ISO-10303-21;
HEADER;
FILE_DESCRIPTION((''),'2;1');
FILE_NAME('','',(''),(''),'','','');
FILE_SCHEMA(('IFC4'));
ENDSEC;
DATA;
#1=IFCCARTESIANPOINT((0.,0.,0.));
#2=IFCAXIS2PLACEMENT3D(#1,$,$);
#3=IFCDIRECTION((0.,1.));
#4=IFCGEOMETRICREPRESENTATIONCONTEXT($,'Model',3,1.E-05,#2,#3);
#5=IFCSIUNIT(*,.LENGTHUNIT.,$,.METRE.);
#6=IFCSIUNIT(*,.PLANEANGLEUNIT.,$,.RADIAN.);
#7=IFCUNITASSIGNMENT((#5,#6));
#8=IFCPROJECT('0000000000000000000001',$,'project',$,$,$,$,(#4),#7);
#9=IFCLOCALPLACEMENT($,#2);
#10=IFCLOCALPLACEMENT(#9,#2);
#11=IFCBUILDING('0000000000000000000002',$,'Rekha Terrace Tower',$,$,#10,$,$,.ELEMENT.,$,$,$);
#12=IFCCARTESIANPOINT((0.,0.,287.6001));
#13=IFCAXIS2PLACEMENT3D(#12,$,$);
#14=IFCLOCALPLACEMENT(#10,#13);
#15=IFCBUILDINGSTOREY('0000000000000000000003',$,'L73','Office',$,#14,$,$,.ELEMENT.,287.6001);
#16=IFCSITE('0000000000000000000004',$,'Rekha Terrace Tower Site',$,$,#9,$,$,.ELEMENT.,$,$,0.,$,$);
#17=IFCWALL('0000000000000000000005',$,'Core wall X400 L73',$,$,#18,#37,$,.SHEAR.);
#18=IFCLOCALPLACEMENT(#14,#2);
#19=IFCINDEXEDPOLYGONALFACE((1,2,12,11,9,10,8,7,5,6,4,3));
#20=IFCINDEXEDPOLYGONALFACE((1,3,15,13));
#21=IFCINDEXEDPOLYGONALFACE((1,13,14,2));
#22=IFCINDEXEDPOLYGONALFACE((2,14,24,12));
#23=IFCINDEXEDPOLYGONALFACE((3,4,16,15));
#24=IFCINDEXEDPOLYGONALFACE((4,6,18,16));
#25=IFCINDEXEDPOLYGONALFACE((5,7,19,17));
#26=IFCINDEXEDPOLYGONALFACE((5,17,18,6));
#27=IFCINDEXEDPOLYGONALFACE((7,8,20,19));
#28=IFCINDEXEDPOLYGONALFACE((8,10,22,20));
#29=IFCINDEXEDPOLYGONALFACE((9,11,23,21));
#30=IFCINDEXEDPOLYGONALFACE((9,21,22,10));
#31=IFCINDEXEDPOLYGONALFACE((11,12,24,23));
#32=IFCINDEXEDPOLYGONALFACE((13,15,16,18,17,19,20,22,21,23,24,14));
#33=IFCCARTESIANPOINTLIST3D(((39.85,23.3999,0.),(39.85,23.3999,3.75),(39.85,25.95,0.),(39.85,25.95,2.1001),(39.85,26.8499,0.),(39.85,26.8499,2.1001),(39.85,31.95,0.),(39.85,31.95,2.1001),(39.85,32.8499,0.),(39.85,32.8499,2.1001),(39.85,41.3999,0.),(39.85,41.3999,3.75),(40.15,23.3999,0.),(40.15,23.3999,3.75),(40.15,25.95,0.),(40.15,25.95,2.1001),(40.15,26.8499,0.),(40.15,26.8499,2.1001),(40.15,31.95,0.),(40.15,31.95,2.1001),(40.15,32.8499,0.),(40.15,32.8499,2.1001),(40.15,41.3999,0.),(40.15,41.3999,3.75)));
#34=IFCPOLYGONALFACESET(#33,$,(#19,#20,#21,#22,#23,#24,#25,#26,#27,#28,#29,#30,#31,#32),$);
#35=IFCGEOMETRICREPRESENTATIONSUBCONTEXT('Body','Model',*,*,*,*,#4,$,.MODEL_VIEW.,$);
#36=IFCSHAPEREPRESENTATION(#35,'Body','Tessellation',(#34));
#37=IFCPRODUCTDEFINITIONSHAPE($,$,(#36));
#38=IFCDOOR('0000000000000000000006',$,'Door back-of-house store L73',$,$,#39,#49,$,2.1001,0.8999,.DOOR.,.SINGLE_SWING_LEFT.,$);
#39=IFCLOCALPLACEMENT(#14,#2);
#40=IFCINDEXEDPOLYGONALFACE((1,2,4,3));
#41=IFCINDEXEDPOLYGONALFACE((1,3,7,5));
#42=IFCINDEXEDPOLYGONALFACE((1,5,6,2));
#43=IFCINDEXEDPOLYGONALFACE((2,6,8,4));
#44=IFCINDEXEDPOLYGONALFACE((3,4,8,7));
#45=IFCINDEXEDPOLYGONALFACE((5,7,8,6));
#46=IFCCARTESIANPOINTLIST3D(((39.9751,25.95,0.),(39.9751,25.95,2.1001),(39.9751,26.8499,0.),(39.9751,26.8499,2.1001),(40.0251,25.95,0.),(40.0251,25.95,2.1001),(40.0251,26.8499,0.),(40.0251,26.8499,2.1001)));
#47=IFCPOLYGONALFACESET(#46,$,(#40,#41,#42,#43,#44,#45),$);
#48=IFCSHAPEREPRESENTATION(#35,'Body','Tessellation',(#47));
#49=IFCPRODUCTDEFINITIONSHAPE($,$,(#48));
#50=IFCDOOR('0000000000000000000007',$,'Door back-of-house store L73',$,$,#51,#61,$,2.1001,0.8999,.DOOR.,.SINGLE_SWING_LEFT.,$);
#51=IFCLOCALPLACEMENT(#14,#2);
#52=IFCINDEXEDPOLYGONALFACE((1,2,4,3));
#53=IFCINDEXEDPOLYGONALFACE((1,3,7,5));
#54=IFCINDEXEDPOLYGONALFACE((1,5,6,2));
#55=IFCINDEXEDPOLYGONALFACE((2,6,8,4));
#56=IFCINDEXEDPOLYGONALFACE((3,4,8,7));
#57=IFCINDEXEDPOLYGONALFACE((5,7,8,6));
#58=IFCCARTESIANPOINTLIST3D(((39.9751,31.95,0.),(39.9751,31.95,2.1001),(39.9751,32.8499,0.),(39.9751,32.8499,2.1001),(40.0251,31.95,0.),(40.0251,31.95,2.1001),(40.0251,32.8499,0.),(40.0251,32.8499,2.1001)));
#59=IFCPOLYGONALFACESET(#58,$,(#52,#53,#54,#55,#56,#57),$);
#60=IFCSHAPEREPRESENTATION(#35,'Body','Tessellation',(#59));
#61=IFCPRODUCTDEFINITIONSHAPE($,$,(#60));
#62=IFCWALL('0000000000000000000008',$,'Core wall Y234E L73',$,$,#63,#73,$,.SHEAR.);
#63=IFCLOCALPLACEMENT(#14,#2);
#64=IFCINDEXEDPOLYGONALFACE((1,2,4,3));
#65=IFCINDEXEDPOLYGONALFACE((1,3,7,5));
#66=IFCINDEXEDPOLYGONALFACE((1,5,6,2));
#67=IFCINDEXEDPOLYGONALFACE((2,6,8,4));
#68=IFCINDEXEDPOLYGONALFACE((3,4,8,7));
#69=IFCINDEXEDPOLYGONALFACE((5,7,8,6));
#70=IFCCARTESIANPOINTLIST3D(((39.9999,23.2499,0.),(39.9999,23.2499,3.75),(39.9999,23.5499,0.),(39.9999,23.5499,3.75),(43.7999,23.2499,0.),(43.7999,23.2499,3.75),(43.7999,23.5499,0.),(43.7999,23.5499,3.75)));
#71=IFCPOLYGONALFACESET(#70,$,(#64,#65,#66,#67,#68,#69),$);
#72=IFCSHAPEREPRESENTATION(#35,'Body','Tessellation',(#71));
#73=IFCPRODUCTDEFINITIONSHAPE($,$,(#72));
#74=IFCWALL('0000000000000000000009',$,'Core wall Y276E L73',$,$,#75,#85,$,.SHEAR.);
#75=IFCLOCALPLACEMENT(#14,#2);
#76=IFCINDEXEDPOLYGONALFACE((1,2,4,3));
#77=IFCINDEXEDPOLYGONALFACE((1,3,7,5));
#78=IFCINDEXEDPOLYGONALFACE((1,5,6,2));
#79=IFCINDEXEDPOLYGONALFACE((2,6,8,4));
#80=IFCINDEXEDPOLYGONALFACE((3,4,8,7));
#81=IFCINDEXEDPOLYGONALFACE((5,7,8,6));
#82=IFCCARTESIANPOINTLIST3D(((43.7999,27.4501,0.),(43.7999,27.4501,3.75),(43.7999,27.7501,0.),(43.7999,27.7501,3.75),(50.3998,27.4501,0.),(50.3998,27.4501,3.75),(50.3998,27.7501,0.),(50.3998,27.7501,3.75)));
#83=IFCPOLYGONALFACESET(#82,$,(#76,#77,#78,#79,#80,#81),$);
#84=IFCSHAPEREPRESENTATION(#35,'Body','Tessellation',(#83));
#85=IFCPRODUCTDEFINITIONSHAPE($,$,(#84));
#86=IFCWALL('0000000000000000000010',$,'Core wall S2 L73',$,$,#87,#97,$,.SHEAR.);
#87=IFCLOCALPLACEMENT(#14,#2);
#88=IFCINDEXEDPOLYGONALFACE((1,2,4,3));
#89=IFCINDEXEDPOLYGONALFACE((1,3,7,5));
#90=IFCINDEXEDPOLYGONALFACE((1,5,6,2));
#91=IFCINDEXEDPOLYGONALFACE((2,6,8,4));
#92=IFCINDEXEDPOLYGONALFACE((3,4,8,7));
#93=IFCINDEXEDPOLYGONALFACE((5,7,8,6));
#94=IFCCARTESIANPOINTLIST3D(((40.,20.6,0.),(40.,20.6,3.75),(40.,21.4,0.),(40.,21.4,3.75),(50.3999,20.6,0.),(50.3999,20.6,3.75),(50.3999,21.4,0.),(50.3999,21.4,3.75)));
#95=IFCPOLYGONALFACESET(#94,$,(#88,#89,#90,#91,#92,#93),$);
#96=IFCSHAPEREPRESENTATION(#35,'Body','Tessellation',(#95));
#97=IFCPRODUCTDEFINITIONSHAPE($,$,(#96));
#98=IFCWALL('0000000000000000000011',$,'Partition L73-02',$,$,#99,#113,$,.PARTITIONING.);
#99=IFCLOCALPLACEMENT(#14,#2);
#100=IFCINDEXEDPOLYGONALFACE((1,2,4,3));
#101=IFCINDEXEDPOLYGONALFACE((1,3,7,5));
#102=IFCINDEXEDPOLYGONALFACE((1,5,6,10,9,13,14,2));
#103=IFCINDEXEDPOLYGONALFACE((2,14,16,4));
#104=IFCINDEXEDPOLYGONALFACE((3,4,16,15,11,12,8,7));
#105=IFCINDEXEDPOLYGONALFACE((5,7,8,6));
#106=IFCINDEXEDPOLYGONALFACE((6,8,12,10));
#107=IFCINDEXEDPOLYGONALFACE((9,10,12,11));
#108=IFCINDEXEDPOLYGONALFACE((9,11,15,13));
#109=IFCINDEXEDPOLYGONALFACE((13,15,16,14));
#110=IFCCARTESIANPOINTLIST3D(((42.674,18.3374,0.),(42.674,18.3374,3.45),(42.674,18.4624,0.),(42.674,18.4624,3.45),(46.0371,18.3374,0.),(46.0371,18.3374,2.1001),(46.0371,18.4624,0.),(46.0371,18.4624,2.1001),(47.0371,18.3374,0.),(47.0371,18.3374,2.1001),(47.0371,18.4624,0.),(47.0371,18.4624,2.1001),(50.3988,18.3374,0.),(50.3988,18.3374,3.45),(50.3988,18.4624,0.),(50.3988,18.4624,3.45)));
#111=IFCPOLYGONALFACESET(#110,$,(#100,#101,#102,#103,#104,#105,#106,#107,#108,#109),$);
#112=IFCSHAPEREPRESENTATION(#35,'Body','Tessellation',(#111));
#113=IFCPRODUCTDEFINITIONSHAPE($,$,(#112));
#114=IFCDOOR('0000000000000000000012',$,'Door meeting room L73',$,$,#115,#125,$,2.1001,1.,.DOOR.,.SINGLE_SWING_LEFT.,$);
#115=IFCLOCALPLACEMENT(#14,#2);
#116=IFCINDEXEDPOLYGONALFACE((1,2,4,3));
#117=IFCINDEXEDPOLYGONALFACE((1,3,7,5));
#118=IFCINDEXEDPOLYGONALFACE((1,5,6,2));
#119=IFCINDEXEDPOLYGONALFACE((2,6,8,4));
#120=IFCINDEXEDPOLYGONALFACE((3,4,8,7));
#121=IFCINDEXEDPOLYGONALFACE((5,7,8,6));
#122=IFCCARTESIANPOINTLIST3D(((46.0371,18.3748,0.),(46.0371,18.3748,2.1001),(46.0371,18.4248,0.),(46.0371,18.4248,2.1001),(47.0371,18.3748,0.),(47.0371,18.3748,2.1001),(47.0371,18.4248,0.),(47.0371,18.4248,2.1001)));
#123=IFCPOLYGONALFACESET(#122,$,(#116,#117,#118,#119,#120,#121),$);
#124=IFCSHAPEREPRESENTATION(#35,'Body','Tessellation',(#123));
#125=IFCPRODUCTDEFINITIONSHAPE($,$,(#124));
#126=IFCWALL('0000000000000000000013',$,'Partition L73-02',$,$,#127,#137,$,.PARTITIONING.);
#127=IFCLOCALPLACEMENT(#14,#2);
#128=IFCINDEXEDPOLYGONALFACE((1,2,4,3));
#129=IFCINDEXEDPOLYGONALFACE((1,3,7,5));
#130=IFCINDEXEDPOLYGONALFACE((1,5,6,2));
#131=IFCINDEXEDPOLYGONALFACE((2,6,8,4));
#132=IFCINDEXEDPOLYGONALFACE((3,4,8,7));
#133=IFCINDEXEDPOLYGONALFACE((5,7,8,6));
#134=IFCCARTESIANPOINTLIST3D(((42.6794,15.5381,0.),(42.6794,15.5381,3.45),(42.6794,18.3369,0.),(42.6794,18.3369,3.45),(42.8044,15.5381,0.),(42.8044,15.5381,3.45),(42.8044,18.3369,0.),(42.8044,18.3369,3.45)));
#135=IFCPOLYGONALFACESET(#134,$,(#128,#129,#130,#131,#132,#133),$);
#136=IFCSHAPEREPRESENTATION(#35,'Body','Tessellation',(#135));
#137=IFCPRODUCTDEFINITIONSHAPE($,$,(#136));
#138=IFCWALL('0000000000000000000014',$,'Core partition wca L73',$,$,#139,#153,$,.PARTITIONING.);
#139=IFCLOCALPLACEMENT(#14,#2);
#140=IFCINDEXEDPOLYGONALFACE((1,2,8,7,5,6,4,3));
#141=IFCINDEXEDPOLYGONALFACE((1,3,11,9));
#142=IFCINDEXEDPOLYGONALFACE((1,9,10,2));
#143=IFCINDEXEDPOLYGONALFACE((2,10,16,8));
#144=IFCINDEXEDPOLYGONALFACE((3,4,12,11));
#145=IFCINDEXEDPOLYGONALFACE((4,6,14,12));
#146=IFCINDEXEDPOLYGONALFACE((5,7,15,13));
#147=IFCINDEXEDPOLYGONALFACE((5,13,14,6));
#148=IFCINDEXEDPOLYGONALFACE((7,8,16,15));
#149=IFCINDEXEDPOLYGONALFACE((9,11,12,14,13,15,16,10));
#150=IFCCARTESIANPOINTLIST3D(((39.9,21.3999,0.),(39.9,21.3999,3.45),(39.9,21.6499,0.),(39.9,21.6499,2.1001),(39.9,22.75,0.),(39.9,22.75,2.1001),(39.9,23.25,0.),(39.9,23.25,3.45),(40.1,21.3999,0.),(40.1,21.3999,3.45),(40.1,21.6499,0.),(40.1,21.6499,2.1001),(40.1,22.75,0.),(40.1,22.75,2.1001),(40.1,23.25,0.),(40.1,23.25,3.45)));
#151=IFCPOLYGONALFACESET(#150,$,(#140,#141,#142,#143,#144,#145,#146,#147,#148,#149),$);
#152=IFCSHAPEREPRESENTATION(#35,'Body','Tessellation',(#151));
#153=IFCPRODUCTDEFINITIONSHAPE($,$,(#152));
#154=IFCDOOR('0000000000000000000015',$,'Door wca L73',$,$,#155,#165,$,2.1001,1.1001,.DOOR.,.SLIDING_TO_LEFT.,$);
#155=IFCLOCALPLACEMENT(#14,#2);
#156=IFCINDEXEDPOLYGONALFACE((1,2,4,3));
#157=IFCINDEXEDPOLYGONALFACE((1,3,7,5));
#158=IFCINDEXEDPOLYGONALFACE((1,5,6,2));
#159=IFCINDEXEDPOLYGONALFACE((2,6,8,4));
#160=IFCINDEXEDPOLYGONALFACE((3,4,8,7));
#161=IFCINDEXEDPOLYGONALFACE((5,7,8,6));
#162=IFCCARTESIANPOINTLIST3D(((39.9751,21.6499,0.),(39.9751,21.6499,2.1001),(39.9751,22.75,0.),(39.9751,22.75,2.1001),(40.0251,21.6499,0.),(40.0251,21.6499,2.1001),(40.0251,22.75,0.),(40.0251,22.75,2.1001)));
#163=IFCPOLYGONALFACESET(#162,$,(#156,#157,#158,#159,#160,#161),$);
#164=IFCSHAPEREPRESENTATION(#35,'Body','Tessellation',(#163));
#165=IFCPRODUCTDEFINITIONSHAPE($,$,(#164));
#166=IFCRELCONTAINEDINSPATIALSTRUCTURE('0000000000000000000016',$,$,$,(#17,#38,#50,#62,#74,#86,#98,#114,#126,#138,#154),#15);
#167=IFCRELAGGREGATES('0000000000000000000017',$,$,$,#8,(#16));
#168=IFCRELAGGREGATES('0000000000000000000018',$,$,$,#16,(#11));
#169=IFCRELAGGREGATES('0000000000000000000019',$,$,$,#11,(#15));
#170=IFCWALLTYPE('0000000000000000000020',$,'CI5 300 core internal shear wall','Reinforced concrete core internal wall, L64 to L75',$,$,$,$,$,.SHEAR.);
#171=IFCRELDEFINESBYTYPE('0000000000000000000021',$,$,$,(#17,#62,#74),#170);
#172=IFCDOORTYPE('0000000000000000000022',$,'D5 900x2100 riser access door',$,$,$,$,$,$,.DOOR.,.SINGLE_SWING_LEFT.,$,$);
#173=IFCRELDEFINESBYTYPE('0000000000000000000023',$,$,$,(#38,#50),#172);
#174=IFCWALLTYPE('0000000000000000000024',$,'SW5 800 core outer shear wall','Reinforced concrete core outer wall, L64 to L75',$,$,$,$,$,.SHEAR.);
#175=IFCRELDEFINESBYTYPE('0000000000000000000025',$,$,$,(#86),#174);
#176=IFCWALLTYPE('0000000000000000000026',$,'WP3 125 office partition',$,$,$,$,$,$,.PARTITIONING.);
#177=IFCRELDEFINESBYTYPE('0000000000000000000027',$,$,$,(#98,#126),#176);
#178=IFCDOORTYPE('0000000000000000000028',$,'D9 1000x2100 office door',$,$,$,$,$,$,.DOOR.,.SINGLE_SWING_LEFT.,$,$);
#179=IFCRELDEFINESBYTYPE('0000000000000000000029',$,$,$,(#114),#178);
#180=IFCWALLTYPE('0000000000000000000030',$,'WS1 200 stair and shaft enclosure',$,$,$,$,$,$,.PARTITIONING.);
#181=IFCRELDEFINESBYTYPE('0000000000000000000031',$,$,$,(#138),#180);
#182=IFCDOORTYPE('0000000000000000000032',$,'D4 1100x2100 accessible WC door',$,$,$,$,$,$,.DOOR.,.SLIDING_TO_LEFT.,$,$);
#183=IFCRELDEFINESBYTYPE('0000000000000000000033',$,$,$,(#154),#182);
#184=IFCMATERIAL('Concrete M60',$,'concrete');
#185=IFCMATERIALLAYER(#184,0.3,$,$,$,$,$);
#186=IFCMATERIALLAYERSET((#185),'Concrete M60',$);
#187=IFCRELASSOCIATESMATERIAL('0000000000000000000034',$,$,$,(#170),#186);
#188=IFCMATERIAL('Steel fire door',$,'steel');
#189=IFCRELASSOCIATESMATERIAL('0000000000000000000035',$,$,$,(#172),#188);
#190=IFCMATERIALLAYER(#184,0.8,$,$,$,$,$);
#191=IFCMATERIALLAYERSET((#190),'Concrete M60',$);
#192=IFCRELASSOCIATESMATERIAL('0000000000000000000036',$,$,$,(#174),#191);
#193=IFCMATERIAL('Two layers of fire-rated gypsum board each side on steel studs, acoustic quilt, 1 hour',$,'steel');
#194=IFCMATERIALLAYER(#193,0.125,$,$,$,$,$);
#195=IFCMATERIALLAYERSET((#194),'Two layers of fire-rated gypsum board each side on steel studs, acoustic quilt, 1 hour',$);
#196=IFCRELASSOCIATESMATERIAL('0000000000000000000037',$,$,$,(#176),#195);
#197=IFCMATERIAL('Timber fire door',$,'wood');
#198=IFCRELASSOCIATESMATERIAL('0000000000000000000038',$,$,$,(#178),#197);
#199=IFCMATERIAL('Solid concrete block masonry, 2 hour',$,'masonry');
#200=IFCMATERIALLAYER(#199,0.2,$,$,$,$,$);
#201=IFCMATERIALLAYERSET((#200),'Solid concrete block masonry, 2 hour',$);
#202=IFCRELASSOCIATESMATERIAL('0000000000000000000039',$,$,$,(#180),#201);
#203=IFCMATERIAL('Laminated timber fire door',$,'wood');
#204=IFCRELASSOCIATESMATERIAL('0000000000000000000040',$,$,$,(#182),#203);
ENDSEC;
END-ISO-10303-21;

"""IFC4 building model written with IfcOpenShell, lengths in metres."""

from ifc_helpers import new_model, si_unit, direction, frame, frame_2d, origin, place, context, subcontext, project, spatial, rectangle, extrude, material, layer, layer_set, type_object, element, fill, save


model = new_model("IFC4")

# Units and contexts
model_context = context("Model", 3, precision=1e-05, world=origin(), true_north=direction((0.0, 1.0)))
body_context = subcontext(model_context, "Body", "Model", "MODEL_VIEW")
ifc_project = project(units=[si_unit("LENGTHUNIT", "METRE"), si_unit("PLANEANGLEUNIT", "RADIAN")], contexts=[model_context])

# Site, building, storey
site_placement = place(None, origin())
site = spatial("IfcSite", under=ifc_project, at=site_placement, Name="Rekha Terrace Tower Site", CompositionType="ELEMENT", RefElevation=0.0)
building_placement = place(site_placement, origin())
building = spatial("IfcBuilding", under=site, at=building_placement, Name="Rekha Terrace Tower", CompositionType="ELEMENT")
storey_placement = place(building_placement, frame((0.0, 0.0, 287.6001)))
storey = spatial("IfcBuildingStorey", under=building, at=storey_placement, Name="L73", Description="Office", CompositionType="ELEMENT", Elevation=287.6001)

# Shared definitions
ifc_material_1 = material(Name="Concrete M60", Category="concrete")

# Shared definitions
ifc_layer_1 = layer(ifc_material_1, 0.3)
ifc_layer_set_1 = layer_set([ifc_layer_1], Name="Concrete M60")
wall_type_1 = type_object("IfcWallType", Name="CI5 300 core internal shear wall", Description="Reinforced concrete core internal wall, L64 to L75", PredefinedType="SHEAR", material=ifc_layer_set_1)

# Wall, openings, doors
wall_1_placement = place(storey_placement, frame((40.0, 23.3999, 0.0), z_axis=(0.0, 0.0, 1.0), x_axis=(0.0, 1.0, 0.0)))
wall_1 = element("IfcWall", 1, at=wall_1_placement, inside=storey, type_object=wall_type_1, Name="Core wall X400 L73", PredefinedType="SHEAR", context=body_context, shape_type="SweptSolid", body=[
    extrude(rectangle(XDim=18.0, YDim=0.3, at=frame_2d((9.0, 0.0))), origin(), (0.0, 0.0, 1.0), 3.75),
])
opening_1_placement = place(wall_1_placement, frame((2.55, 0.0, 0.0)))
opening_1 = element("IfcOpeningElement", 2, at=opening_1_placement, cuts=wall_1, PredefinedType="OPENING", context=body_context, shape_type="SweptSolid", body=[
    extrude(rectangle(XDim=0.8999, YDim=2.1001, at=frame_2d((0.45, 1.05))), frame((0.0, 0.1599, 0.0), z_axis=(0.0, -1.0, 0.0), x_axis=(1.0, 0.0, 0.0)), (0.0, 0.0, 1.0), 0.3201),
])
opening_2_placement = place(wall_1_placement, frame((8.55, 0.0, 0.0)))
opening_2 = element("IfcOpeningElement", 3, at=opening_2_placement, cuts=wall_1, PredefinedType="OPENING", context=body_context, shape_type="SweptSolid", body=[
    extrude(rectangle(XDim=0.8999, YDim=2.1001, at=frame_2d((0.45, 1.05))), frame((0.0, 0.1599, 0.0), z_axis=(0.0, -1.0, 0.0), x_axis=(1.0, 0.0, 0.0)), (0.0, 0.0, 1.0), 0.3201),
])
ifc_material_2 = material(Name="Steel fire door", Category="steel")
door_type_1 = type_object("IfcDoorType", Name="D5 900x2100 riser access door", OperationType="SINGLE_SWING_LEFT", PredefinedType="DOOR", material=ifc_material_2)
door_1_placement = place(opening_1_placement, origin())
door_1 = element("IfcDoor", 4, at=door_1_placement, inside=storey, type_object=door_type_1, Name="Door back-of-house store L73", OperationType="SINGLE_SWING_LEFT", OverallHeight=2.1001, OverallWidth=0.8999, PredefinedType="DOOR", context=body_context, shape_type="SweptSolid", body=[
    extrude(rectangle(XDim=0.8999, YDim=2.1001, at=frame_2d((0.45, 1.05))), frame((0.0, 0.0249, 0.0), z_axis=(0.0, -1.0, 0.0), x_axis=(1.0, 0.0, 0.0)), (0.0, 0.0, 1.0), 0.05),
])
fill(opening_1, door_1)
door_2_placement = place(opening_2_placement, origin())
door_2 = element("IfcDoor", 5, at=door_2_placement, inside=storey, type_object=door_type_1, Name="Door back-of-house store L73", OperationType="SINGLE_SWING_LEFT", OverallHeight=2.1001, OverallWidth=0.8999, PredefinedType="DOOR", context=body_context, shape_type="SweptSolid", body=[
    extrude(rectangle(XDim=0.8999, YDim=2.1001, at=frame_2d((0.45, 1.05))), frame((0.0, 0.0249, 0.0), z_axis=(0.0, -1.0, 0.0), x_axis=(1.0, 0.0, 0.0)), (0.0, 0.0, 1.0), 0.05),
])
fill(opening_2, door_2)

# Walls
wall_2_placement = place(storey_placement, frame((40.0, 23.3999, 0.0), z_axis=(0.0, 0.0, 1.0), x_axis=(1.0, 0.0, 0.0)))
element("IfcWall", 6, at=wall_2_placement, inside=storey, type_object=wall_type_1, Name="Core wall Y234E L73", PredefinedType="SHEAR", context=body_context, shape_type="SweptSolid", body=[
    extrude(rectangle(XDim=3.8, YDim=0.3, at=frame_2d((1.8999, 0.0))), origin(), (0.0, 0.0, 1.0), 3.75),
])
wall_3_placement = place(storey_placement, frame((43.8, 27.6001, 0.0), z_axis=(0.0, 0.0, 1.0), x_axis=(1.0, 0.0, 0.0)))
element("IfcWall", 7, at=wall_3_placement, inside=storey, type_object=wall_type_1, Name="Core wall Y276E L73", PredefinedType="SHEAR", context=body_context, shape_type="SweptSolid", body=[
    extrude(rectangle(XDim=6.5999, YDim=0.3, at=frame_2d((3.2998, 0.0))), origin(), (0.0, 0.0, 1.0), 3.75),
])
ifc_layer_2 = layer(ifc_material_1, 0.8)
ifc_layer_set_2 = layer_set([ifc_layer_2], Name="Concrete M60")
wall_type_2 = type_object("IfcWallType", Name="SW5 800 core outer shear wall", Description="Reinforced concrete core outer wall, L64 to L75", PredefinedType="SHEAR", material=ifc_layer_set_2)
wall_4_placement = place(storey_placement, frame((40.0, 21.0, 0.0), z_axis=(0.0, 0.0, 1.0), x_axis=(1.0, 0.0, 0.0)))
element("IfcWall", 8, at=wall_4_placement, inside=storey, type_object=wall_type_2, Name="Core wall S2 L73", PredefinedType="SHEAR", context=body_context, shape_type="SweptSolid", body=[
    extrude(rectangle(XDim=10.3999, YDim=0.8, at=frame_2d((5.2, 0.0))), origin(), (0.0, 0.0, 1.0), 3.75),
])

# Wall, opening, door
ifc_material_3 = material(Name="Two layers of fire-rated gypsum board each side on steel studs, acoustic quilt, 1 hour", Category="steel")
ifc_layer_3 = layer(ifc_material_3, 0.125)
ifc_layer_set_3 = layer_set([ifc_layer_3], Name="Two layers of fire-rated gypsum board each side on steel studs, acoustic quilt, 1 hour")
wall_type_3 = type_object("IfcWallType", Name="WP3 125 office partition", PredefinedType="PARTITIONING", material=ifc_layer_set_3)
wall_5_placement = place(storey_placement, frame((42.6741, 18.3999, 0.0), z_axis=(0.0, 0.0, 1.0), x_axis=(1.0, 0.0, 0.0)))
wall_5 = element("IfcWall", 9, at=wall_5_placement, inside=storey, type_object=wall_type_3, Name="Partition L73-02", PredefinedType="PARTITIONING", context=body_context, shape_type="SweptSolid", body=[
    extrude(rectangle(XDim=7.7249, YDim=0.125, at=frame_2d((3.8623, 0.0))), origin(), (0.0, 0.0, 1.0), 3.45),
])
opening_3_placement = place(wall_5_placement, frame((3.363, 0.0, 0.0)))
opening_3 = element("IfcOpeningElement", 10, at=opening_3_placement, cuts=wall_5, PredefinedType="OPENING", context=body_context, shape_type="SweptSolid", body=[
    extrude(rectangle(XDim=1.0, YDim=2.1001, at=frame_2d((0.5, 1.05))), frame((0.0, 0.0725, 0.0), z_axis=(0.0, -1.0, 0.0), x_axis=(1.0, 0.0, 0.0)), (0.0, 0.0, 1.0), 0.145),
])
ifc_material_4 = material(Name="Timber fire door", Category="wood")
door_type_2 = type_object("IfcDoorType", Name="D9 1000x2100 office door", OperationType="SINGLE_SWING_LEFT", PredefinedType="DOOR", material=ifc_material_4)
door_3_placement = place(opening_3_placement, origin())
door_3 = element("IfcDoor", 11, at=door_3_placement, inside=storey, type_object=door_type_2, Name="Door meeting room L73", OperationType="SINGLE_SWING_LEFT", OverallHeight=2.1001, OverallWidth=1.0, PredefinedType="DOOR", context=body_context, shape_type="SweptSolid", body=[
    extrude(rectangle(XDim=1.0, YDim=2.1001, at=frame_2d((0.5, 1.05))), frame((0.0, 0.0249, 0.0), z_axis=(0.0, -1.0, 0.0), x_axis=(1.0, 0.0, 0.0)), (0.0, 0.0, 1.0), 0.05),
])
fill(opening_3, door_3)

# Wall
wall_6_placement = place(storey_placement, frame((42.7419, 15.5381, 0.0), z_axis=(0.0, 0.0, 1.0), x_axis=(0.0, 1.0, 0.0)))
element("IfcWall", 12, at=wall_6_placement, inside=storey, type_object=wall_type_3, Name="Partition L73-02", PredefinedType="PARTITIONING", context=body_context, shape_type="SweptSolid", body=[
    extrude(rectangle(XDim=2.7988, YDim=0.125, at=frame_2d((1.3994, 0.0))), origin(), (0.0, 0.0, 1.0), 3.45),
])

# Wall, opening, door
ifc_material_5 = material(Name="Solid concrete block masonry, 2 hour", Category="masonry")
ifc_layer_4 = layer(ifc_material_5, 0.2)
ifc_layer_set_4 = layer_set([ifc_layer_4], Name="Solid concrete block masonry, 2 hour")
wall_type_4 = type_object("IfcWallType", Name="WS1 200 stair and shaft enclosure", PredefinedType="PARTITIONING", material=ifc_layer_set_4)
wall_7_placement = place(storey_placement, frame((40.0, 21.3999, 0.0), z_axis=(0.0, 0.0, 1.0), x_axis=(0.0, 1.0, 0.0)))
wall_7 = element("IfcWall", 13, at=wall_7_placement, inside=storey, type_object=wall_type_4, Name="Core partition wca L73", PredefinedType="PARTITIONING", context=body_context, shape_type="SweptSolid", body=[
    extrude(rectangle(XDim=1.8501, YDim=0.2, at=frame_2d((0.925, 0.0))), origin(), (0.0, 0.0, 1.0), 3.45),
])
opening_4_placement = place(wall_7_placement, frame((0.25, 0.0, 0.0)))
opening_4 = element("IfcOpeningElement", 14, at=opening_4_placement, cuts=wall_7, PredefinedType="OPENING", context=body_context, shape_type="SweptSolid", body=[
    extrude(rectangle(XDim=1.1001, YDim=2.1001, at=frame_2d((0.55, 1.05))), frame((0.0, 0.1099, 0.0), z_axis=(0.0, -1.0, 0.0), x_axis=(1.0, 0.0, 0.0)), (0.0, 0.0, 1.0), 0.22),
])
ifc_material_6 = material(Name="Laminated timber fire door", Category="wood")
door_type_3 = type_object("IfcDoorType", Name="D4 1100x2100 accessible WC door", OperationType="SLIDING_TO_LEFT", PredefinedType="DOOR", material=ifc_material_6)
door_4_placement = place(opening_4_placement, origin())
door_4 = element("IfcDoor", 15, at=door_4_placement, inside=storey, type_object=door_type_3, Name="Door wca L73", OperationType="SLIDING_TO_LEFT", OverallHeight=2.1001, OverallWidth=1.1001, PredefinedType="DOOR", context=body_context, shape_type="SweptSolid", body=[
    extrude(rectangle(XDim=1.1001, YDim=2.1001, at=frame_2d((0.55, 1.05))), frame((0.0, 0.0249, 0.0), z_axis=(0.0, -1.0, 0.0), x_axis=(1.0, 0.0, 0.0)), (0.0, 0.0, 1.0), 0.05),
])
fill(opening_4, door_4)

save(model, "model.ifc")
